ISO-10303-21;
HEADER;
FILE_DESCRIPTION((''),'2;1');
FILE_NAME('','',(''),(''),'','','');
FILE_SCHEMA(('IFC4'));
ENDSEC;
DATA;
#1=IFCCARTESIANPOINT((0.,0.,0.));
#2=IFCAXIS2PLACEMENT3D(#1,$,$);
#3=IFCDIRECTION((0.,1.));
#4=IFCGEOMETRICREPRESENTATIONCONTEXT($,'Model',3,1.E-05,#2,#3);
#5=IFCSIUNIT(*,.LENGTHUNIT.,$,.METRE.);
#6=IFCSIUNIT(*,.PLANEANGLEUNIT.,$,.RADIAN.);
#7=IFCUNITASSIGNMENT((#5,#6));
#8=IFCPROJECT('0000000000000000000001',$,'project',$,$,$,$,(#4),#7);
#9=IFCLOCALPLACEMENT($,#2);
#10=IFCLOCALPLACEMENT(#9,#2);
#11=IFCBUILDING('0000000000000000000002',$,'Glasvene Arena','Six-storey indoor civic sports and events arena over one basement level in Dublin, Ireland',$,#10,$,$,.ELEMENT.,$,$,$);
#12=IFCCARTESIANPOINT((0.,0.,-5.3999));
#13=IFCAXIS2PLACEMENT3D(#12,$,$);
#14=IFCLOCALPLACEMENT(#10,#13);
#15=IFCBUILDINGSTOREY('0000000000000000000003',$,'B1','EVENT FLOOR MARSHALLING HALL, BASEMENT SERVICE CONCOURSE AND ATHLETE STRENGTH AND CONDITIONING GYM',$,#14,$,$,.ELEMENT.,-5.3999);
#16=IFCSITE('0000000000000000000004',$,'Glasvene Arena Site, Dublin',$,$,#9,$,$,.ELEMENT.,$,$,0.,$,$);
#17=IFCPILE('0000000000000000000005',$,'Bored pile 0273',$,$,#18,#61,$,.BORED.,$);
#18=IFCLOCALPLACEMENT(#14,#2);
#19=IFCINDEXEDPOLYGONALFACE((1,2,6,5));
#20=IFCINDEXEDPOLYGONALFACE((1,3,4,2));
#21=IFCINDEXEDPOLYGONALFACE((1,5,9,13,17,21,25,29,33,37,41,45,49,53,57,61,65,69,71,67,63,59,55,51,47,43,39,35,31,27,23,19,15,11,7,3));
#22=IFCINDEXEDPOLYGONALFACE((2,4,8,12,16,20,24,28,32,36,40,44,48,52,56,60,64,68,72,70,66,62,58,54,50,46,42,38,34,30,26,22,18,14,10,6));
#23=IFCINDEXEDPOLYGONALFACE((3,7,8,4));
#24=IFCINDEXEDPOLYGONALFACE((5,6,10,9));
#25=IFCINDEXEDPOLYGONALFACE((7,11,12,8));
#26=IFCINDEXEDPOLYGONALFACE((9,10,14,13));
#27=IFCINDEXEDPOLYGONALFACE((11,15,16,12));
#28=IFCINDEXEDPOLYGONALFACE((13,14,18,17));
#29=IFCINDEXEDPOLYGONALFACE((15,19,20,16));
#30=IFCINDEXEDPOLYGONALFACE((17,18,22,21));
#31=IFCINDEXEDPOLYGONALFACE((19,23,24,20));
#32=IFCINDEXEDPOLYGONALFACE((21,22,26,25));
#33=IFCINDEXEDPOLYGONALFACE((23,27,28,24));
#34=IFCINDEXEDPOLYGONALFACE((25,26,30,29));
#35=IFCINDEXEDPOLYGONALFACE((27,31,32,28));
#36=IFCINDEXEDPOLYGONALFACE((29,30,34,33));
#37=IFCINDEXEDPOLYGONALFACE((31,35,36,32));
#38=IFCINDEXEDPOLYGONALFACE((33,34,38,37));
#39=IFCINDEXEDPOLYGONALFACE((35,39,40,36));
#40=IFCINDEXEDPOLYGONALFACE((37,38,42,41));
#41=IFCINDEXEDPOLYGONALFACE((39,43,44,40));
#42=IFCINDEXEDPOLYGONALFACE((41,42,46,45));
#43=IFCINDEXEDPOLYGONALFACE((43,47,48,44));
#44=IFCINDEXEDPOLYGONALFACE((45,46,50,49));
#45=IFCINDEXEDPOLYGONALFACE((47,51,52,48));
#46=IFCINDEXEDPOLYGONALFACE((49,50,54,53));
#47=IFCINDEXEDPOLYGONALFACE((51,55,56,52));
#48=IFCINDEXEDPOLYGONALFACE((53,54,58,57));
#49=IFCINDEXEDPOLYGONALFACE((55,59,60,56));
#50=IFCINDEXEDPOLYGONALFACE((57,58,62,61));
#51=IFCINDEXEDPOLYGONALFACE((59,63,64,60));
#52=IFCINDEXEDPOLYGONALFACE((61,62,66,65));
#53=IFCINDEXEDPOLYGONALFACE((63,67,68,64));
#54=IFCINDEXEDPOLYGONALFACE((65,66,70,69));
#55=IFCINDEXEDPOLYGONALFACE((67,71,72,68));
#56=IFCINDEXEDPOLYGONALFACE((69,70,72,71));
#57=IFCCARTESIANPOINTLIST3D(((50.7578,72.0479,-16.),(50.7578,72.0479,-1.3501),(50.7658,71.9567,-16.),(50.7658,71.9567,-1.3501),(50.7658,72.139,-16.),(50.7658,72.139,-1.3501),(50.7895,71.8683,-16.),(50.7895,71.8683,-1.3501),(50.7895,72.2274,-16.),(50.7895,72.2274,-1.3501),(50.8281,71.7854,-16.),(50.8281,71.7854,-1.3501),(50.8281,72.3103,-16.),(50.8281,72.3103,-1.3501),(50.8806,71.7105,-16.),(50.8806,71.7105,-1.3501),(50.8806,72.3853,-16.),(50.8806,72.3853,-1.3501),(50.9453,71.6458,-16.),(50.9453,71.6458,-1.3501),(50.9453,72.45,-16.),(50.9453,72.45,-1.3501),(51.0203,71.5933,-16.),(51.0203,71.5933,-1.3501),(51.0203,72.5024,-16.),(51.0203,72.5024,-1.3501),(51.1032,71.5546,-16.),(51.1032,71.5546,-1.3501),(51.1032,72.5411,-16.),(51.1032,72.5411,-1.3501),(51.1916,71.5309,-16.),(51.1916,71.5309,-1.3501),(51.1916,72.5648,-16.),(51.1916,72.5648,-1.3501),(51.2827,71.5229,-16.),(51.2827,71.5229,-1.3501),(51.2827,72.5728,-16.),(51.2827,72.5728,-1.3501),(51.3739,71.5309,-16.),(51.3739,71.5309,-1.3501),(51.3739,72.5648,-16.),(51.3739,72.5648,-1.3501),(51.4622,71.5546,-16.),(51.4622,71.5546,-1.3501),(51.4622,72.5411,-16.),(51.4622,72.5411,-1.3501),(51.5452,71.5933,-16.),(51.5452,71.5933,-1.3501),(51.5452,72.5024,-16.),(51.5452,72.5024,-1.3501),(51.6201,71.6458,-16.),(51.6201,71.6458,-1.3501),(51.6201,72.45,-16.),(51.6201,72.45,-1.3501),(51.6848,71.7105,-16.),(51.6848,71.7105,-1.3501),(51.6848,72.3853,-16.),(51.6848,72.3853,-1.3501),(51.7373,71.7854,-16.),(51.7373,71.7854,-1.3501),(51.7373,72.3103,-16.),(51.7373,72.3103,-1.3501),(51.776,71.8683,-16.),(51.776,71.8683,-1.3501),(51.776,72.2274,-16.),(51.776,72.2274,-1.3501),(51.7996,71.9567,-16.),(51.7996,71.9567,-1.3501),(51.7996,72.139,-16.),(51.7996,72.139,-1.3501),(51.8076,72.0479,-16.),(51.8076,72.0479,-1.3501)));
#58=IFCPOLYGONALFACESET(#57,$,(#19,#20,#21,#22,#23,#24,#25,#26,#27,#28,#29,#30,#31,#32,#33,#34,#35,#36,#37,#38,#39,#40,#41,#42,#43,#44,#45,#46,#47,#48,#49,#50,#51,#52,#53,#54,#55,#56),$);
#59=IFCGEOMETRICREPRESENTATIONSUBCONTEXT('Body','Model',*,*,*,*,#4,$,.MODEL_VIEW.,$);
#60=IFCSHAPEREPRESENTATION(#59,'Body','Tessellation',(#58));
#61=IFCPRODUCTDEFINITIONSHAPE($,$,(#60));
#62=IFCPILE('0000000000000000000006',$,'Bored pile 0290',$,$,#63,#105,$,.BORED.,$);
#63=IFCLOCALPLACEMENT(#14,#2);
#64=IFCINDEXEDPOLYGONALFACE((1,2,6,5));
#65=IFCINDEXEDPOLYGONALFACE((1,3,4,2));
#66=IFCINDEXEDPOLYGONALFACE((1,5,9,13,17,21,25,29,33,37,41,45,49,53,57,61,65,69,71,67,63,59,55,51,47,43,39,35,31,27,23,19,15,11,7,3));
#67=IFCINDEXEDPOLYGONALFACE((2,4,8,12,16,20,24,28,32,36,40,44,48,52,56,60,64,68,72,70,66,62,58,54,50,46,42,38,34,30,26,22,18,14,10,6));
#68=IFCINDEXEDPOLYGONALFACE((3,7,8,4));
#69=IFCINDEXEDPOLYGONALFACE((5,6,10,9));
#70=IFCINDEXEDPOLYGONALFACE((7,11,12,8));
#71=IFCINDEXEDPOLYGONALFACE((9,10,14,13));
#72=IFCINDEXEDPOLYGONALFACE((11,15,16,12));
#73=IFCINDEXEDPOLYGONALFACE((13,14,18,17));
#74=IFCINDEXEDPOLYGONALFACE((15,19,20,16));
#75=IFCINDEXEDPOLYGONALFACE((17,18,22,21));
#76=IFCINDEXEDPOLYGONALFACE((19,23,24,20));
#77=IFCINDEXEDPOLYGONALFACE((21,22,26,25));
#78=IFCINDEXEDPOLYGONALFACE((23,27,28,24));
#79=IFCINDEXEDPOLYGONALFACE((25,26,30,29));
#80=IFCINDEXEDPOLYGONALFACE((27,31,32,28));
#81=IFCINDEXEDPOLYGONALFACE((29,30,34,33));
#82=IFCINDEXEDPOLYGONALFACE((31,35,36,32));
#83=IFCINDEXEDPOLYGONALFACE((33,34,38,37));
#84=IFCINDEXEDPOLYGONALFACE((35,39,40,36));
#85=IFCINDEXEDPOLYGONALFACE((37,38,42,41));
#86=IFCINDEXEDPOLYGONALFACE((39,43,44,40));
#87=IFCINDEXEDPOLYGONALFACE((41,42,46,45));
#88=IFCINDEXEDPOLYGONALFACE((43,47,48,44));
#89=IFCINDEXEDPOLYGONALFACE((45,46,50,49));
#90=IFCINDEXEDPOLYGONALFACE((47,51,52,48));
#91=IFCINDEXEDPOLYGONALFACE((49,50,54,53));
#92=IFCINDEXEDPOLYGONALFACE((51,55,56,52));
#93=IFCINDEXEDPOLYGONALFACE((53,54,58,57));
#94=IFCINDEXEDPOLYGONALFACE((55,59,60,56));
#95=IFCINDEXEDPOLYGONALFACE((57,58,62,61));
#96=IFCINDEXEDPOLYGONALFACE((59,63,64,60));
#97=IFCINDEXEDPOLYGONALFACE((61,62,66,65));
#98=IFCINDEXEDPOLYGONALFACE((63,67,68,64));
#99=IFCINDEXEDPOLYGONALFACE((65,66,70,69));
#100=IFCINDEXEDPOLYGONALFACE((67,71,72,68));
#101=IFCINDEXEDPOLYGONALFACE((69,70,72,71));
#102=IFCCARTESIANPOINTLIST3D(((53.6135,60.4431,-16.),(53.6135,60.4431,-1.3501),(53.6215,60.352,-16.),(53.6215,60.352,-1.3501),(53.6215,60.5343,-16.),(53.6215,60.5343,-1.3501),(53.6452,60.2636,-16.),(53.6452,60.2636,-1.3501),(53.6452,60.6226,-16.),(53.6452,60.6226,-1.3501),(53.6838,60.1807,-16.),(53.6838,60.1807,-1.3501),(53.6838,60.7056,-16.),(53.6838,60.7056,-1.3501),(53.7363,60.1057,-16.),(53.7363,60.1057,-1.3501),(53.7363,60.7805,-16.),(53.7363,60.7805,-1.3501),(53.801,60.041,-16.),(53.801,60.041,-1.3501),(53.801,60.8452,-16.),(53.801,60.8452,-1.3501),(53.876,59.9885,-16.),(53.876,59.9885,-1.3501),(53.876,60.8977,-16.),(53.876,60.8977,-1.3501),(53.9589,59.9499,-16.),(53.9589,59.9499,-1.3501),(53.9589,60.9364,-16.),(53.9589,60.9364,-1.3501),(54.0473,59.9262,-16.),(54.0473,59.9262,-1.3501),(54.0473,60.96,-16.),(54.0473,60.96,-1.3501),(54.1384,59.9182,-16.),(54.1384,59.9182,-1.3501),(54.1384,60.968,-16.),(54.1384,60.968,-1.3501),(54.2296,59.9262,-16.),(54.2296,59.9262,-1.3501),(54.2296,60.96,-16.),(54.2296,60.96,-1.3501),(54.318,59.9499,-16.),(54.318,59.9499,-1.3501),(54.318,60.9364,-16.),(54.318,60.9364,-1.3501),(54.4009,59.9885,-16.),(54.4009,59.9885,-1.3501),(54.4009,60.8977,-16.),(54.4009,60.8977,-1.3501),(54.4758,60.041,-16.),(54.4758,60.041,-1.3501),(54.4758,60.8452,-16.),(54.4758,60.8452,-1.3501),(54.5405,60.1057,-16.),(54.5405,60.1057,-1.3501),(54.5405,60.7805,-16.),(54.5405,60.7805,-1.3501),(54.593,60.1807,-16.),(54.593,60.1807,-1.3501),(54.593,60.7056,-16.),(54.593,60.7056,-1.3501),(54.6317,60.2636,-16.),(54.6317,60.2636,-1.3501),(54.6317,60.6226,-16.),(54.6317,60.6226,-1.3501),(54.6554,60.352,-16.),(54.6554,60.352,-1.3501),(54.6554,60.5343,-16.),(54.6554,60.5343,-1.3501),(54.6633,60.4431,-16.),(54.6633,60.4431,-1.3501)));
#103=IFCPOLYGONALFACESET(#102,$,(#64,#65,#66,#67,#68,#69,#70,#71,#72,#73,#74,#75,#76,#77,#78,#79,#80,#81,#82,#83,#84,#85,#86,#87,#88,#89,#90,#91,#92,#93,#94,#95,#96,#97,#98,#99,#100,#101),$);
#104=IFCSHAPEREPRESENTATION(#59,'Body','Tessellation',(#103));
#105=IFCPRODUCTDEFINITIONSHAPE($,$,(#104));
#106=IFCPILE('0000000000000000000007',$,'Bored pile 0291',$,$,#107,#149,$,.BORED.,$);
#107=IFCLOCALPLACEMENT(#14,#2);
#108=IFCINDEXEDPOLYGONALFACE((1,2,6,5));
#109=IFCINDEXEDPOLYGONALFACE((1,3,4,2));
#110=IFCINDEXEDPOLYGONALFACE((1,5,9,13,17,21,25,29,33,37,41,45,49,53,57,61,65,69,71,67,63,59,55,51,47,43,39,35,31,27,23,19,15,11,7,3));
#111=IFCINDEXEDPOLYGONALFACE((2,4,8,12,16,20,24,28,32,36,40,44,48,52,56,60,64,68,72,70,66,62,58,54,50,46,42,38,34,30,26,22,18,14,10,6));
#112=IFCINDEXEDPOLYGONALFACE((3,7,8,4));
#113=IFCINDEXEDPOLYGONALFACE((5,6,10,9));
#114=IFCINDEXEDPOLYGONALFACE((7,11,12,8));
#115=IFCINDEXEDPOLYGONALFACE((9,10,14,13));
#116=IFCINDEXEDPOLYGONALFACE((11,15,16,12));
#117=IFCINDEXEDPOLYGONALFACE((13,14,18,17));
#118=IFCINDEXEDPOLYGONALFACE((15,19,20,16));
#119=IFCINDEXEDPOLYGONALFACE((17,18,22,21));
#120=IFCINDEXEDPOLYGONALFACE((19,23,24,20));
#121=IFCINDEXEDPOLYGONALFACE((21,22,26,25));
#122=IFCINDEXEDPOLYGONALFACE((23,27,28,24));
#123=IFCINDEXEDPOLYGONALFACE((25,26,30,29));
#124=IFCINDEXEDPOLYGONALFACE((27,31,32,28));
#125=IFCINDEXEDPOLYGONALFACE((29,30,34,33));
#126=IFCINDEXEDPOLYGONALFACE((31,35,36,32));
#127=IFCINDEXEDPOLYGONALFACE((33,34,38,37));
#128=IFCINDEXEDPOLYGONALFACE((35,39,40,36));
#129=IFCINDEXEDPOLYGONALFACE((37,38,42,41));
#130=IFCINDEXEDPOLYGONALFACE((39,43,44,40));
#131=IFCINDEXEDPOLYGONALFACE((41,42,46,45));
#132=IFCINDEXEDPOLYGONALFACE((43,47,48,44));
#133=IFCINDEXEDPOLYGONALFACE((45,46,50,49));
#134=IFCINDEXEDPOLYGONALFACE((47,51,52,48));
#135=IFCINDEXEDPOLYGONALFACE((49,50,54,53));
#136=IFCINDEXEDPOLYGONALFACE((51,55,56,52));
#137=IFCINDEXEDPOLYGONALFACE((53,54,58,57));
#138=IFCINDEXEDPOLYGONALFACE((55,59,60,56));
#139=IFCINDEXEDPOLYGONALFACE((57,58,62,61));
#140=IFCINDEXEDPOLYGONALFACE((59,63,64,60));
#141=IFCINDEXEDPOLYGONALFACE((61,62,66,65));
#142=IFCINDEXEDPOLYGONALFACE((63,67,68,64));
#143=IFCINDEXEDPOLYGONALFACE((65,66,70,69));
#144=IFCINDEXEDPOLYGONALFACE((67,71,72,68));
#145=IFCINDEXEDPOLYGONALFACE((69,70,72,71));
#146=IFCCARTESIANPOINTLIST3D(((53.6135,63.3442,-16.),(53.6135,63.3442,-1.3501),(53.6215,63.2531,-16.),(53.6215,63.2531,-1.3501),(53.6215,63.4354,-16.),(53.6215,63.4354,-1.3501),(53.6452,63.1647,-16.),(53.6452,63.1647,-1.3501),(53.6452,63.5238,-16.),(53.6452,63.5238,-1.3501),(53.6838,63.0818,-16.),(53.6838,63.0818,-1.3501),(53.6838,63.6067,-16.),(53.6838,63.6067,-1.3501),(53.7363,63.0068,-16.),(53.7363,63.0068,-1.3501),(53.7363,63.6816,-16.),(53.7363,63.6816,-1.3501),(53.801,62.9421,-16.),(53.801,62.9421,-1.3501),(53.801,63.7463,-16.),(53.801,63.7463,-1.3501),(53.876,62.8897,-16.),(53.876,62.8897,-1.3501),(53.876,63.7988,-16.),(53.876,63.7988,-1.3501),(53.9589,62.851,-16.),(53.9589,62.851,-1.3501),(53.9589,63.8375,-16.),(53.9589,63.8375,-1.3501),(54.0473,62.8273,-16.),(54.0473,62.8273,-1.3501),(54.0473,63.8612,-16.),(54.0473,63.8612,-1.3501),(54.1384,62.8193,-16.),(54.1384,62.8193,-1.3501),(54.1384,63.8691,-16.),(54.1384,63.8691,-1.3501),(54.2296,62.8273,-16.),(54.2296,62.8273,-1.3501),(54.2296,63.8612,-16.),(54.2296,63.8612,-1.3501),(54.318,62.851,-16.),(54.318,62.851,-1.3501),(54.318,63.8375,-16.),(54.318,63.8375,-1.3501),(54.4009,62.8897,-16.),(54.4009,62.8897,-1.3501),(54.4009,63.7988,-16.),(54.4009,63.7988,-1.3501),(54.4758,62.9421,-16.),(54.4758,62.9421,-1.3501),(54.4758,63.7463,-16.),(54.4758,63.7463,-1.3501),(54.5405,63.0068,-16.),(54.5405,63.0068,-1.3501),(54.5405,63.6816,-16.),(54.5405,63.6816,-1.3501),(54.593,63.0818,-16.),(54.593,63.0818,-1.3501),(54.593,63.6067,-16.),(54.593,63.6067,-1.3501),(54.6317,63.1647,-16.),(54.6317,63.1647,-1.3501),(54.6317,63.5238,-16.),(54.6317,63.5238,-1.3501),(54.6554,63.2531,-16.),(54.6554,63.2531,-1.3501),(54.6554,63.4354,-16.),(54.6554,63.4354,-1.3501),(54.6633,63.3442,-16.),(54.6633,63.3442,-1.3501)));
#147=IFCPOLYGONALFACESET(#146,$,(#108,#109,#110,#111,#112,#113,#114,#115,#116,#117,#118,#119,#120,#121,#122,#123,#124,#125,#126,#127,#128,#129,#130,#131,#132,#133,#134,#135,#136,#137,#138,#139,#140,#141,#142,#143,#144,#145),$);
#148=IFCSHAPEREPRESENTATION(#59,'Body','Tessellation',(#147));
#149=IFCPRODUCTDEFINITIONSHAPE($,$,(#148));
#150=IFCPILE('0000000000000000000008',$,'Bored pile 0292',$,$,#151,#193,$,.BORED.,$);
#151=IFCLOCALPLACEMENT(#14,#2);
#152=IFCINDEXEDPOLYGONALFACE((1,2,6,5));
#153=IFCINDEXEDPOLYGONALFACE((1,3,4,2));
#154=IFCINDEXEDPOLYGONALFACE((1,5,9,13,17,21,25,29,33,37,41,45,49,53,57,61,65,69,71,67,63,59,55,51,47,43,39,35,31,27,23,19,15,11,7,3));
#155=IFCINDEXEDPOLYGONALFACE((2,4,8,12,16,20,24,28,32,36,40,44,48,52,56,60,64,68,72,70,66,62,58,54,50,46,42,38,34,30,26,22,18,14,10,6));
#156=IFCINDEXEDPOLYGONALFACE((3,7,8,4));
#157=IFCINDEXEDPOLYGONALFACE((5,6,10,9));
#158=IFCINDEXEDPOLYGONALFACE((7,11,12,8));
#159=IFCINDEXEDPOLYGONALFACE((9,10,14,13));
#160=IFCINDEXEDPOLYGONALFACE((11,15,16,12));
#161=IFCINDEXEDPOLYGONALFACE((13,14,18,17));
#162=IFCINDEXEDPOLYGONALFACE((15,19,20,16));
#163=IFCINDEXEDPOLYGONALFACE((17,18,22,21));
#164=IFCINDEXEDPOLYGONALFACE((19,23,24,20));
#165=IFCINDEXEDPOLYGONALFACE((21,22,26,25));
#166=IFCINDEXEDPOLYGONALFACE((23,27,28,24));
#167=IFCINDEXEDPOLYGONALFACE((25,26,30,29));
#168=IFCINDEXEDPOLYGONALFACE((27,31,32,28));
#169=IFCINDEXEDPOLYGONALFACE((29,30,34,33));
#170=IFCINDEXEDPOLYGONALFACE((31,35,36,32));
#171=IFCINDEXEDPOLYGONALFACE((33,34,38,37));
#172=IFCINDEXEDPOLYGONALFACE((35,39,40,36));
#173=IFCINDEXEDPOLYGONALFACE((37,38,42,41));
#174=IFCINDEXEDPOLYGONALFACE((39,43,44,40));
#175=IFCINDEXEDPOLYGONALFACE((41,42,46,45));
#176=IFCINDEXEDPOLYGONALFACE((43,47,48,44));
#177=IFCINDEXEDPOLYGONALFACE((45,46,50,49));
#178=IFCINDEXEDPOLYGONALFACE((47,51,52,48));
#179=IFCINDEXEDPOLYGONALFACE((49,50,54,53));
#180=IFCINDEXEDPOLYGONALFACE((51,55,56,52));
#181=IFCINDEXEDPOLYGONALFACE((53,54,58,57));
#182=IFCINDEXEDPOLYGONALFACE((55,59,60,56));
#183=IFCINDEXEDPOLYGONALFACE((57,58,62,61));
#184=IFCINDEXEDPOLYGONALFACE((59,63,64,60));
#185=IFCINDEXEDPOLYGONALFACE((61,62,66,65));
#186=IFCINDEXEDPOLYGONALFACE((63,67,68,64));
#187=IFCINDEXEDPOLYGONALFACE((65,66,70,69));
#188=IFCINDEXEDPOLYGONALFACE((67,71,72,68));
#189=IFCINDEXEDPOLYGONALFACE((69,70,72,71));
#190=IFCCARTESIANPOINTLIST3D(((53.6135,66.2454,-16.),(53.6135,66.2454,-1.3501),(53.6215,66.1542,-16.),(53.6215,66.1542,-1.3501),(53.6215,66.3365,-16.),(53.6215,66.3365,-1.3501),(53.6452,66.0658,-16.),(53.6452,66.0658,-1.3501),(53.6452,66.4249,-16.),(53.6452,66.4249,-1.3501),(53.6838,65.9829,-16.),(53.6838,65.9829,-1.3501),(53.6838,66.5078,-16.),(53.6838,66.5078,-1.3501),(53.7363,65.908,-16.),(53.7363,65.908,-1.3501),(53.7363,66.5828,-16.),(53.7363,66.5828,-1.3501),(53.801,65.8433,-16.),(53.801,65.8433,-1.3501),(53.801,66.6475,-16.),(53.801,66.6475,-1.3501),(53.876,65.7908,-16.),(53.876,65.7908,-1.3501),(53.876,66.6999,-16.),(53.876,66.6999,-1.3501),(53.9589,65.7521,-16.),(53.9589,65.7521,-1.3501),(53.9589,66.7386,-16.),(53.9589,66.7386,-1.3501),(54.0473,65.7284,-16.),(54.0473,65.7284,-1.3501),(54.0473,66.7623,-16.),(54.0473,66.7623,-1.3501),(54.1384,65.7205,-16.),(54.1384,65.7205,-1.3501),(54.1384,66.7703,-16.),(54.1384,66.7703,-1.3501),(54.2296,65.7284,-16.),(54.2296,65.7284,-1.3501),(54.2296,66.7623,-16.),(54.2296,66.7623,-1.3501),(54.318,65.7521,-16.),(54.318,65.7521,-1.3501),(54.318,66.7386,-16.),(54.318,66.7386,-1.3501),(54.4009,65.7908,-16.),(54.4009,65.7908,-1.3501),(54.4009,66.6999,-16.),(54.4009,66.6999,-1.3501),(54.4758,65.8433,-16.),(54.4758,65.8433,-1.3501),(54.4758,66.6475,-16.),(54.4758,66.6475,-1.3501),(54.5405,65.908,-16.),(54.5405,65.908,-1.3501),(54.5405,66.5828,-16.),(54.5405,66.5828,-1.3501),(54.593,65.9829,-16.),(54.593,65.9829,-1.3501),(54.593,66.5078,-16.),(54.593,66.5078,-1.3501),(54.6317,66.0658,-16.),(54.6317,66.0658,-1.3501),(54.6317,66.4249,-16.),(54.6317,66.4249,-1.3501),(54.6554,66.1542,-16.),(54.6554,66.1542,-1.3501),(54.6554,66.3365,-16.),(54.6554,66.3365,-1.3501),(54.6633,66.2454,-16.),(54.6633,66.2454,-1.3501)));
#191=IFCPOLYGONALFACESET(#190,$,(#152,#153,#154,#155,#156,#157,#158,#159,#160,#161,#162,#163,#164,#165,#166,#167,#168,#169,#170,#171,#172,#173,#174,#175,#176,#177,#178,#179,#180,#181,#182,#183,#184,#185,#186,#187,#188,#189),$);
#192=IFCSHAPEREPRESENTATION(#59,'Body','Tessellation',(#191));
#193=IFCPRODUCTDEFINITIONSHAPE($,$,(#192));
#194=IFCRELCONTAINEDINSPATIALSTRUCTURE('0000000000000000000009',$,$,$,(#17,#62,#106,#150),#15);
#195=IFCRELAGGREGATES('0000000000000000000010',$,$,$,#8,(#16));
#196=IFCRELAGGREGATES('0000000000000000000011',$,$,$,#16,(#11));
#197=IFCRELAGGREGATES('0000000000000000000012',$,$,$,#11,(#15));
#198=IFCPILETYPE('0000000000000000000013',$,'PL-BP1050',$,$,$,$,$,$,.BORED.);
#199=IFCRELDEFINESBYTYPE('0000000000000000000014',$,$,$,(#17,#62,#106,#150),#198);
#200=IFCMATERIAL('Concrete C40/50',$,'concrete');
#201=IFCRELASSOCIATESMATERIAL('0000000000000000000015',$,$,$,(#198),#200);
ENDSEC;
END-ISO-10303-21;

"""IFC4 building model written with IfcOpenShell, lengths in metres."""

from ifc_helpers import new_model, si_unit, direction, frame, origin, origin_2d, place, context, subcontext, project, spatial, circle, extrude, material, material_profile, profile_set, type_object, element, save


model = new_model("IFC4")

# Units and contexts
model_context = context("Model", 3, precision=1e-05, world=origin(), true_north=direction((0.0, 1.0)))
body_context = subcontext(model_context, "Body", "Model", "MODEL_VIEW")
ifc_project = project(units=[si_unit("LENGTHUNIT", "METRE"), si_unit("PLANEANGLEUNIT", "RADIAN")], contexts=[model_context])

# Site, building, storey
site_placement = place(None, origin())
site = spatial("IfcSite", under=ifc_project, at=site_placement, Name="Glasvene Arena Site, Dublin", CompositionType="ELEMENT", RefElevation=0.0)
building_placement = place(site_placement, origin())
building = spatial("IfcBuilding", under=site, at=building_placement, Name="Glasvene Arena", Description="Six-storey indoor civic sports and events arena over one basement level in Dublin, Ireland", CompositionType="ELEMENT")
storey_placement = place(building_placement, frame((0.0, 0.0, -5.3999)))
storey = spatial("IfcBuildingStorey", under=building, at=storey_placement, Name="B1", Description="EVENT FLOOR MARSHALLING HALL, BASEMENT SERVICE CONCOURSE AND ATHLETE STRENGTH AND CONDITIONING GYM", CompositionType="ELEMENT", Elevation=-5.3999)

# Piles
ifc_material_1 = material(Name="Concrete C40/50", Category="concrete")
ifc_material_profile_1 = material_profile(ifc_material_1, circle(Radius=0.5249, at=origin_2d()), Name="BORED PILE 1050")
ifc_profile_set_1 = profile_set([ifc_material_profile_1], Name="Concrete C40/50")
pile_type = type_object("IfcPileType", Name="PL-BP1050", PredefinedType="BORED", material=ifc_profile_set_1)
for number, where, z_axis, x_axis, name in (
    (1, (51.2827, 72.0479, -1.3501), (0.0, 0.0, -1.0), (1.0, 0.0, 0.0), "Bored pile 0273"),
    (2, (54.1384, 60.4431, -1.3501), (0.0, 0.0, -1.0), (1.0, 0.0, 0.0), "Bored pile 0290"),
    (3, (54.1384, 63.3442, -1.3501), (0.0, 0.0, -1.0), (1.0, 0.0, 0.0), "Bored pile 0291"),
    (4, (54.1384, 66.2454, -1.3501), (0.0, 0.0, -1.0), (1.0, 0.0, 0.0), "Bored pile 0292"),
):
    element("IfcPile", number, at=place(storey_placement, frame(where, z_axis=z_axis, x_axis=x_axis)), inside=storey, type_object=pile_type, Name=name, PredefinedType="BORED", context=body_context, shape_type="SweptSolid", body=[
        extrude(circle(Radius=0.5249, at=origin_2d()), origin(), (0.0, 0.0, 1.0), 14.6499),
    ])

save(model, "model.ifc")
